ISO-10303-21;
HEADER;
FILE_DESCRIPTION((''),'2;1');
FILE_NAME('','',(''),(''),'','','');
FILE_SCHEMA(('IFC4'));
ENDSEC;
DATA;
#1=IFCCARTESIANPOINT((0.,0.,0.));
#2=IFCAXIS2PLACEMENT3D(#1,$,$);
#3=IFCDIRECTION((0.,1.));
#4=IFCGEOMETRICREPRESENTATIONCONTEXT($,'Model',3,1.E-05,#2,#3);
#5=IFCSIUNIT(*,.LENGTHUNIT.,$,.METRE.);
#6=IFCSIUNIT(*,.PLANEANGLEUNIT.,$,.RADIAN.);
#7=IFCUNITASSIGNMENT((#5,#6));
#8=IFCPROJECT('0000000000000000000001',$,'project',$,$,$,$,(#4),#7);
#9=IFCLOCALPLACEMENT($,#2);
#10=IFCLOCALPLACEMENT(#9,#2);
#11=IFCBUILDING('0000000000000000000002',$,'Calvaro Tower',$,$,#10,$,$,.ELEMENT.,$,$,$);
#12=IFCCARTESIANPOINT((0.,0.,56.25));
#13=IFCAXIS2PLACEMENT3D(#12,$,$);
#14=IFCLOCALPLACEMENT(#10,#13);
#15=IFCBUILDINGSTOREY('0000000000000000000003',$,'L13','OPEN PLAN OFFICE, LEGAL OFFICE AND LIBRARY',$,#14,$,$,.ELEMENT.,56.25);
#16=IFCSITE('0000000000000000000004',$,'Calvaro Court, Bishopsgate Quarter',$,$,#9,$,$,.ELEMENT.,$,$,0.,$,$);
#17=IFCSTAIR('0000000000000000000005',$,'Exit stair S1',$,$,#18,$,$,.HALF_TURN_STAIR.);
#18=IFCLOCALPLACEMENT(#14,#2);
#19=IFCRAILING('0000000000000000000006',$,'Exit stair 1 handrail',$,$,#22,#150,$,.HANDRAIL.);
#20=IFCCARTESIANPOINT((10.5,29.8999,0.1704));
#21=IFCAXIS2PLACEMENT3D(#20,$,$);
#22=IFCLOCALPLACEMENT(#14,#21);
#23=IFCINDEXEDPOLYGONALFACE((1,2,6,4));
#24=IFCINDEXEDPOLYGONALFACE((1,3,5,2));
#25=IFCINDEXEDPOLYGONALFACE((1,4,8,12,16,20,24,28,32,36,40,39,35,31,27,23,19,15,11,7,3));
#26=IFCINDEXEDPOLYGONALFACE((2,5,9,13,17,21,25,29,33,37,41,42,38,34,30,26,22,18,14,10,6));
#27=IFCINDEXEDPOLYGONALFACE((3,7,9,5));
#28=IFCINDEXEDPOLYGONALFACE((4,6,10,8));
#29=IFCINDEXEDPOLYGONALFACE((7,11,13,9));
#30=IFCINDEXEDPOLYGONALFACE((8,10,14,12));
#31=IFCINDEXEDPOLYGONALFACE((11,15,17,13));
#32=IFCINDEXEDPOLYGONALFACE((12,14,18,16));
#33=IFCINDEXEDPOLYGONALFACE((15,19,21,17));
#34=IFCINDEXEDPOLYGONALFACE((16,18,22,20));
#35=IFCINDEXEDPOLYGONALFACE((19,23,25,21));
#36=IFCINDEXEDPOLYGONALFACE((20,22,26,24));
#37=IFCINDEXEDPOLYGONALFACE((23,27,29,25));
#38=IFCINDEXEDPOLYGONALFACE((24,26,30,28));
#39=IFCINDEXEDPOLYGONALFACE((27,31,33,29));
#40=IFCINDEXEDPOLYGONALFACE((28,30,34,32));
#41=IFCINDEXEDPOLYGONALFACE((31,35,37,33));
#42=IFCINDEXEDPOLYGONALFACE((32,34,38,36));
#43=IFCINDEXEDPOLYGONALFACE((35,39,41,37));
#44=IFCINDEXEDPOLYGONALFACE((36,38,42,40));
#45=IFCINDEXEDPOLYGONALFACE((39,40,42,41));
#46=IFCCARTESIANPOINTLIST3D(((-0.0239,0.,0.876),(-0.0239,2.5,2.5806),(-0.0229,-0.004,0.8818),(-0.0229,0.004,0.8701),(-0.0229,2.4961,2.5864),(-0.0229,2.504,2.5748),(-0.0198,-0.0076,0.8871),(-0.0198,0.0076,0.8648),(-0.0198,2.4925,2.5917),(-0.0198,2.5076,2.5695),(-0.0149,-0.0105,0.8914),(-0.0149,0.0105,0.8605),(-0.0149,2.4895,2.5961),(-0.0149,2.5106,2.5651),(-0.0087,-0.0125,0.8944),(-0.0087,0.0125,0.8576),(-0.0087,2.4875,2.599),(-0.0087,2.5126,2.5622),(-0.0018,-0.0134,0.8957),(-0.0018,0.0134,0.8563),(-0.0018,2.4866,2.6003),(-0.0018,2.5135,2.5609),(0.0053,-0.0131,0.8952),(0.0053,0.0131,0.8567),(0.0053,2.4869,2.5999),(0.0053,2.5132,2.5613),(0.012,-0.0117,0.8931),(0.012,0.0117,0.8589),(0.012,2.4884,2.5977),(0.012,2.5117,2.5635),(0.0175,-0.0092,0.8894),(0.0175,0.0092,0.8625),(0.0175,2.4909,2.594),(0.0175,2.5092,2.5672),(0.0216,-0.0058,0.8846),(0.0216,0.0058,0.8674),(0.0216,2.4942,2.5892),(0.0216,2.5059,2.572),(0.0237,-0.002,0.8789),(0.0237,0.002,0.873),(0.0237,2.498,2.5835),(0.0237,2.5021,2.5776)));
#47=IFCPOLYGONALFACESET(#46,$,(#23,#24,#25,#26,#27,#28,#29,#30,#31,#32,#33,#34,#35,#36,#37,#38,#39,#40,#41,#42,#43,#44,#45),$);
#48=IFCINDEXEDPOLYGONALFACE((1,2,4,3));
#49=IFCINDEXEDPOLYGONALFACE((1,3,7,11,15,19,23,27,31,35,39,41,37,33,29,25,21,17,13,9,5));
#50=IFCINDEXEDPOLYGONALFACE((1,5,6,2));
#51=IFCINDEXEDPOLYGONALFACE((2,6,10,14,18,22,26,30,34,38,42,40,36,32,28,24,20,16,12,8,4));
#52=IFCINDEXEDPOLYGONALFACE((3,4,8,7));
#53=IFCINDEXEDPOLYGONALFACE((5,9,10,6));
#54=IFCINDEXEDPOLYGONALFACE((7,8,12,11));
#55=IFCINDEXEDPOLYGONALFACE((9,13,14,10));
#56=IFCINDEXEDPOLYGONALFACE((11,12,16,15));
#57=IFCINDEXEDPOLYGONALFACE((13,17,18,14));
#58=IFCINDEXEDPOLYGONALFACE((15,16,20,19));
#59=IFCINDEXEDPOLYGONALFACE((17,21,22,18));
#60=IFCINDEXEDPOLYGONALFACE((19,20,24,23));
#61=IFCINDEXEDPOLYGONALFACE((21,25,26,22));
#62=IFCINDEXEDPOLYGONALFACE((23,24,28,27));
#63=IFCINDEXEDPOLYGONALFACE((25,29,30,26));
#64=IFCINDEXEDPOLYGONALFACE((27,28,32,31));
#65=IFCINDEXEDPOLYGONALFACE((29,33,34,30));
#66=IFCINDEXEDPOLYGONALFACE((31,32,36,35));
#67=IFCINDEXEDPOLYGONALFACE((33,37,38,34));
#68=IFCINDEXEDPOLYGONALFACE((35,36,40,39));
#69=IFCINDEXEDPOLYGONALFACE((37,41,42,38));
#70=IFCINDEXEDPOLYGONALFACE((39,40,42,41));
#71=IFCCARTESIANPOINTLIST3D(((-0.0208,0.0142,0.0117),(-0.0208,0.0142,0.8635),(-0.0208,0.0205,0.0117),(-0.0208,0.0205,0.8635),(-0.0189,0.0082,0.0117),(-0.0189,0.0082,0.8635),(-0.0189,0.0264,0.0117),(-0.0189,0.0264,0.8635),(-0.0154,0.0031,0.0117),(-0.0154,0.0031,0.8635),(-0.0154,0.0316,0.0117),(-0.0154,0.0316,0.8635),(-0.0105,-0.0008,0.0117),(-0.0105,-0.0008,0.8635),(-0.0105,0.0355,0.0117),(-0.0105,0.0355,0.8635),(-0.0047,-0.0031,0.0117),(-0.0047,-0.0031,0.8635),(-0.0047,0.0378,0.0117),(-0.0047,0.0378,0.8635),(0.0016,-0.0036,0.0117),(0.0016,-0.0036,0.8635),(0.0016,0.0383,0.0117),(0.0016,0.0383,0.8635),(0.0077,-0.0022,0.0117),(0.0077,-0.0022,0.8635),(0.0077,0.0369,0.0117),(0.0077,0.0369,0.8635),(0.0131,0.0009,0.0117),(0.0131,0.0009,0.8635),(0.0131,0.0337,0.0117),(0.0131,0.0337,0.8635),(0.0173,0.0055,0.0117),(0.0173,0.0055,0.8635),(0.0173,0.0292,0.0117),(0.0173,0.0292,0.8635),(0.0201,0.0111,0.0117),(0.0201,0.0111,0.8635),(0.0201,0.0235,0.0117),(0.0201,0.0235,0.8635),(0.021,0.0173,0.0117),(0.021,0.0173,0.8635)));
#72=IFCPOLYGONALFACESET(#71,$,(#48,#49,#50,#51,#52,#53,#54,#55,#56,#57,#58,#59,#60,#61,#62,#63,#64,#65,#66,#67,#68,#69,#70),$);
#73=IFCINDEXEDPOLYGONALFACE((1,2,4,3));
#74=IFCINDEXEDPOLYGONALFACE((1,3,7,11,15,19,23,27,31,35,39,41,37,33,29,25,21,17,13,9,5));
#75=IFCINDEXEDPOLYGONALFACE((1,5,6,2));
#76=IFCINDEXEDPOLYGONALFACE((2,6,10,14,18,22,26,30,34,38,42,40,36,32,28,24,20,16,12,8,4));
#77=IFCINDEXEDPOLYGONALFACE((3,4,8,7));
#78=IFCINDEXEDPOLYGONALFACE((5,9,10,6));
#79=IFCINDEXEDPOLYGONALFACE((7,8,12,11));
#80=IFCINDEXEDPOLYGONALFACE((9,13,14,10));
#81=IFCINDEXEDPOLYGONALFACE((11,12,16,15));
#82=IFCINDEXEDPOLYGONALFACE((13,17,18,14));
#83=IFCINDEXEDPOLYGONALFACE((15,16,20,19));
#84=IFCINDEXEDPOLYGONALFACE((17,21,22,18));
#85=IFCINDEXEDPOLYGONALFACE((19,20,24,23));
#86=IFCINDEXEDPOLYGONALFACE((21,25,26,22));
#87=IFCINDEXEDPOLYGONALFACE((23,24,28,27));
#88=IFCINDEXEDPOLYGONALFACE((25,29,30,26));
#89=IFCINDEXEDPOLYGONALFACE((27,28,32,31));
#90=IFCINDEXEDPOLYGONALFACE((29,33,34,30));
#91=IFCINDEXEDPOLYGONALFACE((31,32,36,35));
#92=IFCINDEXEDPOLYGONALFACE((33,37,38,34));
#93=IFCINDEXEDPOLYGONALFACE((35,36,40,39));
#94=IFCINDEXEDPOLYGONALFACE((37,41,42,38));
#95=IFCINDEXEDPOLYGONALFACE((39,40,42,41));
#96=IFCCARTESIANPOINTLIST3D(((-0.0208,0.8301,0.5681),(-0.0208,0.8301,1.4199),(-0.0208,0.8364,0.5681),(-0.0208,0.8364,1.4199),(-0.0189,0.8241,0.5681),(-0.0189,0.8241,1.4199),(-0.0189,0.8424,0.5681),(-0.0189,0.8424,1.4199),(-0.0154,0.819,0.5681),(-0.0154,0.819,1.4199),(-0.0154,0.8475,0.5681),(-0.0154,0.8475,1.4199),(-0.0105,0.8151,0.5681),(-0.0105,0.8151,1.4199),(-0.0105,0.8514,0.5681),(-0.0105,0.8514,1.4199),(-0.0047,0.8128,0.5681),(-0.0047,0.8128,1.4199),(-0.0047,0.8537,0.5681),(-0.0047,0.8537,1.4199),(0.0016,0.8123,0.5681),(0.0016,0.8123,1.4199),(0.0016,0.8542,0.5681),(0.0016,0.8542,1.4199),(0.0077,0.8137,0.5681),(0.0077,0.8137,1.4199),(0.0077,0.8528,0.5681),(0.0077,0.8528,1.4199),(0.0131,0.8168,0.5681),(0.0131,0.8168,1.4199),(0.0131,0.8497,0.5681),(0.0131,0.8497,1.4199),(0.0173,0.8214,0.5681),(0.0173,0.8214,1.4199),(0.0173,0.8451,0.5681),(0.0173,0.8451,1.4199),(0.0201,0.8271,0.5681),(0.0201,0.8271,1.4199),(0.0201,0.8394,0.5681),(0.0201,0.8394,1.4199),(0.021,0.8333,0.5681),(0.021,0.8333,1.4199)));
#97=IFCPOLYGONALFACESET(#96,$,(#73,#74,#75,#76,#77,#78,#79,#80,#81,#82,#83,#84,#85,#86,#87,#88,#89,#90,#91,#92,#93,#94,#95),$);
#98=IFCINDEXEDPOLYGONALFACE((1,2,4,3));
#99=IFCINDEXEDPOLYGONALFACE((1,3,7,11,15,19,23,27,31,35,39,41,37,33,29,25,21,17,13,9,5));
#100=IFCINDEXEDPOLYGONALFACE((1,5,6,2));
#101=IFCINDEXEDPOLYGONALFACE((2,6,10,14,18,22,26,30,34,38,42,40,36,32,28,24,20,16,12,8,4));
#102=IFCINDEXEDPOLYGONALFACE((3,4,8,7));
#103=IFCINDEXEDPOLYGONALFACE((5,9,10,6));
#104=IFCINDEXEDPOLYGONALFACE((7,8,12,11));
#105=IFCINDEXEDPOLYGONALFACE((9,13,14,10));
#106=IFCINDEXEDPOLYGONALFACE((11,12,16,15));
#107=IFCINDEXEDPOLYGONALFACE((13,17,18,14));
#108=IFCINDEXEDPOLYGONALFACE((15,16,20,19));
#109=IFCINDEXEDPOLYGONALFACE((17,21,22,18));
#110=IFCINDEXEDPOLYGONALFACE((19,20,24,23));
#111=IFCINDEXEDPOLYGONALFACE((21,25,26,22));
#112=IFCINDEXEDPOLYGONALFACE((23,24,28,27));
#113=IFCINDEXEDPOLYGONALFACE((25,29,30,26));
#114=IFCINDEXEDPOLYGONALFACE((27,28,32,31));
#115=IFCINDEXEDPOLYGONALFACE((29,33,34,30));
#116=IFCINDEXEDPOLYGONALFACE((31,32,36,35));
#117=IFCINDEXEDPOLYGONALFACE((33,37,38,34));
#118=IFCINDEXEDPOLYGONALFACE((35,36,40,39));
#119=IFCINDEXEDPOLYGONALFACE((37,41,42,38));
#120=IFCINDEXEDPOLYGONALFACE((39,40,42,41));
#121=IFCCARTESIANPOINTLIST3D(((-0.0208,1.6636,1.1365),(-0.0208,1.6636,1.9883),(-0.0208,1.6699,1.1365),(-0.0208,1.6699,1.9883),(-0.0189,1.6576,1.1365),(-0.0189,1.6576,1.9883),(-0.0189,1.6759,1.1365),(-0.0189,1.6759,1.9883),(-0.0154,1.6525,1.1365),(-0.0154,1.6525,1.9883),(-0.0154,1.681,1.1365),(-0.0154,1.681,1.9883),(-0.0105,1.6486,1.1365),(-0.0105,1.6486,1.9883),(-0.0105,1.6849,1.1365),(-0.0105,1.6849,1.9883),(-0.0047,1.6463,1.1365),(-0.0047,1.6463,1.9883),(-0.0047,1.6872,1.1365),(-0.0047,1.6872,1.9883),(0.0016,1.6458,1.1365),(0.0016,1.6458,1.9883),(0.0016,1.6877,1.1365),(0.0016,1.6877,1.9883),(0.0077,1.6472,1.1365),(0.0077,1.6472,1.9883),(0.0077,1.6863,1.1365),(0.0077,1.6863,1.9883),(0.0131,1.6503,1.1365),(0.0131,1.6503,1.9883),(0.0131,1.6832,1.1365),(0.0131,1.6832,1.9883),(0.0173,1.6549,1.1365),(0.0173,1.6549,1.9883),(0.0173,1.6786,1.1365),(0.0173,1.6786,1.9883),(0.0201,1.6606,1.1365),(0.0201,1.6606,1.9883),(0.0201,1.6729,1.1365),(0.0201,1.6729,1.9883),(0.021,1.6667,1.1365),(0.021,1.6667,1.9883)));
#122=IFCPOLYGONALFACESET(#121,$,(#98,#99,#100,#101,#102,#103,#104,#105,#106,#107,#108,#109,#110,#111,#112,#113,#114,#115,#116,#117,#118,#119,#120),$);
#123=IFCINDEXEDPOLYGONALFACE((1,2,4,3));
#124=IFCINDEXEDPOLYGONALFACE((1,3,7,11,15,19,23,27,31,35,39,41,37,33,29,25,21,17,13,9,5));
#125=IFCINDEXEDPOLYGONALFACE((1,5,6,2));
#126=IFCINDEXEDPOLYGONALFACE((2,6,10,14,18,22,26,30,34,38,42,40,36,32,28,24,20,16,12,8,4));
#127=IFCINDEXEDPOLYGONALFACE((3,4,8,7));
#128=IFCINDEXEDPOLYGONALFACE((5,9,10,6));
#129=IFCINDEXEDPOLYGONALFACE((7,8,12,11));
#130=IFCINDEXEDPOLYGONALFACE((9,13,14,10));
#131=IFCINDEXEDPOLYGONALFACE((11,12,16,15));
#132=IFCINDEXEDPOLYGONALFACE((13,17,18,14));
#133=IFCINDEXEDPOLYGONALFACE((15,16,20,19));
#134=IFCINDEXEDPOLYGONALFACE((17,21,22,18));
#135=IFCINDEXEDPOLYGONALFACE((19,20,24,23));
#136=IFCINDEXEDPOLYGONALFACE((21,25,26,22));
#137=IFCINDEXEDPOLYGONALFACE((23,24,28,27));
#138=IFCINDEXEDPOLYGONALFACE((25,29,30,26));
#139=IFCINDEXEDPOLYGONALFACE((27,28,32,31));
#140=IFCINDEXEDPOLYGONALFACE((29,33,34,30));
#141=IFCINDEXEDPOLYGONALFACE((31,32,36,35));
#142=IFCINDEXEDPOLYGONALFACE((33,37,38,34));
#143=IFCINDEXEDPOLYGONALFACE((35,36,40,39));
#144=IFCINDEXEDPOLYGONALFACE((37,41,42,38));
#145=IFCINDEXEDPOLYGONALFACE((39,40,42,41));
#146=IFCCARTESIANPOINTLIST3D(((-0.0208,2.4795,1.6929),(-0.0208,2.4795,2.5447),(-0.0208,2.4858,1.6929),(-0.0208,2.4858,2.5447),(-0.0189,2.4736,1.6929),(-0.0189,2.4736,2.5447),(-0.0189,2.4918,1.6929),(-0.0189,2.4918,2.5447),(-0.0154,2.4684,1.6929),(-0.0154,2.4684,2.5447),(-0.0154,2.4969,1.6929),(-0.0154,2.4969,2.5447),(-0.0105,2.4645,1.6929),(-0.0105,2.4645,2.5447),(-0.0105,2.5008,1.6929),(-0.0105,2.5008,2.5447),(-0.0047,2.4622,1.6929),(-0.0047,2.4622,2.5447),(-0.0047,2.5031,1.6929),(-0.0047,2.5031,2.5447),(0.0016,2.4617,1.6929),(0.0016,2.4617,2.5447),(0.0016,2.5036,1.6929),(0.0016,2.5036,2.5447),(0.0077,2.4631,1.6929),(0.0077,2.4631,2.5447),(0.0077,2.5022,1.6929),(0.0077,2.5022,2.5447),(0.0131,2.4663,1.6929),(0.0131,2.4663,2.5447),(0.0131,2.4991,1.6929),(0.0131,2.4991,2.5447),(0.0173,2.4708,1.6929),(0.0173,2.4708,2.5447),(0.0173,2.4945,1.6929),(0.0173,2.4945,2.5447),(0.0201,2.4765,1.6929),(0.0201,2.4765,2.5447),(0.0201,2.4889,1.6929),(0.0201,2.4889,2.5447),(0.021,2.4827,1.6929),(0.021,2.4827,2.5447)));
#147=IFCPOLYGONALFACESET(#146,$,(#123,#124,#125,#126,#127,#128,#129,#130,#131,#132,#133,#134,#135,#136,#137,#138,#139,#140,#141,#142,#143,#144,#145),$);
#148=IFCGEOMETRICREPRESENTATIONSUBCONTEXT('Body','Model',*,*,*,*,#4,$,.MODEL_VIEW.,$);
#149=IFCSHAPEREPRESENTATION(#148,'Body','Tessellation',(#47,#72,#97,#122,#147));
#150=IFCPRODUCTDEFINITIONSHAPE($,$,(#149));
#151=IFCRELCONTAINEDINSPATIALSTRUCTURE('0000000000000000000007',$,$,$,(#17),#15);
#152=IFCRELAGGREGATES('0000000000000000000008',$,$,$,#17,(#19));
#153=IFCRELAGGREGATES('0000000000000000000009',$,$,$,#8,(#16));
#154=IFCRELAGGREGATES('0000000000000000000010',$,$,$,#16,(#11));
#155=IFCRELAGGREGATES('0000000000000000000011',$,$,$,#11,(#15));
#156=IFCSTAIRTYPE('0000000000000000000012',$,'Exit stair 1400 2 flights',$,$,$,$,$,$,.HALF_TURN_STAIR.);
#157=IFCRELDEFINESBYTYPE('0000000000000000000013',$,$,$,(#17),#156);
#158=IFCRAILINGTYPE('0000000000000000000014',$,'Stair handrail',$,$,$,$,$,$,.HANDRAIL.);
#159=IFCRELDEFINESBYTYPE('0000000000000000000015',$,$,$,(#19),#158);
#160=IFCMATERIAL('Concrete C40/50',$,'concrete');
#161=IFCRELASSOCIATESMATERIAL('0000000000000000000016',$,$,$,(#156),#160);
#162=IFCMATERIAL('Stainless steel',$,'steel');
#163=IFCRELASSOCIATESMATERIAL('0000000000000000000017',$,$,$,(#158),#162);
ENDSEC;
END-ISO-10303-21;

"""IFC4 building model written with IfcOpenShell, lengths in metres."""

from ifc_helpers import new_model, si_unit, direction, frame, origin, origin_2d, place, context, subcontext, project, spatial, circle, extrude, material, type_object, element, aggregate, save


model = new_model("IFC4")

# Units and contexts
model_context = context("Model", 3, precision=1e-05, world=origin(), true_north=direction((0.0, 1.0)))
body_context = subcontext(model_context, "Body", "Model", "MODEL_VIEW")
ifc_project = project(units=[si_unit("LENGTHUNIT", "METRE"), si_unit("PLANEANGLEUNIT", "RADIAN")], contexts=[model_context])

# Site, building, storey
site_placement = place(None, origin())
site = spatial("IfcSite", under=ifc_project, at=site_placement, Name="Calvaro Court, Bishopsgate Quarter", CompositionType="ELEMENT", RefElevation=0.0)
building_placement = place(site_placement, origin())
building = spatial("IfcBuilding", under=site, at=building_placement, Name="Calvaro Tower", CompositionType="ELEMENT")
storey_placement = place(building_placement, frame((0.0, 0.0, 56.25)))
storey = spatial("IfcBuildingStorey", under=building, at=storey_placement, Name="L13", Description="OPEN PLAN OFFICE, LEGAL OFFICE AND LIBRARY", CompositionType="ELEMENT", Elevation=56.25)

# Stair, railing
ifc_material_1 = material(Name="Concrete C40/50", Category="concrete")
stair_type = type_object("IfcStairType", Name="Exit stair 1400 2 flights", PredefinedType="HALF_TURN_STAIR", material=ifc_material_1)
stair_placement = place(storey_placement, origin())
stair = element("IfcStair", 1, at=stair_placement, inside=storey, type_object=stair_type, Name="Exit stair S1", PredefinedType="HALF_TURN_STAIR")
ifc_material_2 = material(Name="Stainless steel", Category="steel")
railing_type = type_object("IfcRailingType", Name="Stair handrail", PredefinedType="HANDRAIL", material=ifc_material_2)
railing_1_placement = place(storey_placement, frame((10.5, 29.8999, 0.1704)))
railing_1 = element("IfcRailing", 2, at=railing_1_placement, type_object=railing_type, Name="Exit stair 1 handrail", PredefinedType="HANDRAIL", context=body_context, shape_type="SweptSolid", body=[
    extrude(circle(Radius=0.0239, at=origin_2d()), frame((0.0, 0.0, 0.876), z_axis=(0.0, 0.826221, 0.563347), x_axis=(-1.0, 0.0, 0.0)), (0.0, 0.0, 1.0), 3.0259),
    extrude(circle(Radius=0.021, at=origin_2d()), frame((0.0, 0.0173, 0.0117)), (0.0, 0.0, 1.0), 0.8518),
    extrude(circle(Radius=0.021, at=origin_2d()), frame((0.0, 0.8333, 0.5681)), (0.0, 0.0, 1.0), 0.8518),
    extrude(circle(Radius=0.021, at=origin_2d()), frame((0.0, 1.6667, 1.1365)), (0.0, 0.0, 1.0), 0.8518),
    extrude(circle(Radius=0.021, at=origin_2d()), frame((0.0, 2.4827, 1.6929)), (0.0, 0.0, 1.0), 0.8518),
])
aggregate(stair, [railing_1])

save(model, "model.ifc")
